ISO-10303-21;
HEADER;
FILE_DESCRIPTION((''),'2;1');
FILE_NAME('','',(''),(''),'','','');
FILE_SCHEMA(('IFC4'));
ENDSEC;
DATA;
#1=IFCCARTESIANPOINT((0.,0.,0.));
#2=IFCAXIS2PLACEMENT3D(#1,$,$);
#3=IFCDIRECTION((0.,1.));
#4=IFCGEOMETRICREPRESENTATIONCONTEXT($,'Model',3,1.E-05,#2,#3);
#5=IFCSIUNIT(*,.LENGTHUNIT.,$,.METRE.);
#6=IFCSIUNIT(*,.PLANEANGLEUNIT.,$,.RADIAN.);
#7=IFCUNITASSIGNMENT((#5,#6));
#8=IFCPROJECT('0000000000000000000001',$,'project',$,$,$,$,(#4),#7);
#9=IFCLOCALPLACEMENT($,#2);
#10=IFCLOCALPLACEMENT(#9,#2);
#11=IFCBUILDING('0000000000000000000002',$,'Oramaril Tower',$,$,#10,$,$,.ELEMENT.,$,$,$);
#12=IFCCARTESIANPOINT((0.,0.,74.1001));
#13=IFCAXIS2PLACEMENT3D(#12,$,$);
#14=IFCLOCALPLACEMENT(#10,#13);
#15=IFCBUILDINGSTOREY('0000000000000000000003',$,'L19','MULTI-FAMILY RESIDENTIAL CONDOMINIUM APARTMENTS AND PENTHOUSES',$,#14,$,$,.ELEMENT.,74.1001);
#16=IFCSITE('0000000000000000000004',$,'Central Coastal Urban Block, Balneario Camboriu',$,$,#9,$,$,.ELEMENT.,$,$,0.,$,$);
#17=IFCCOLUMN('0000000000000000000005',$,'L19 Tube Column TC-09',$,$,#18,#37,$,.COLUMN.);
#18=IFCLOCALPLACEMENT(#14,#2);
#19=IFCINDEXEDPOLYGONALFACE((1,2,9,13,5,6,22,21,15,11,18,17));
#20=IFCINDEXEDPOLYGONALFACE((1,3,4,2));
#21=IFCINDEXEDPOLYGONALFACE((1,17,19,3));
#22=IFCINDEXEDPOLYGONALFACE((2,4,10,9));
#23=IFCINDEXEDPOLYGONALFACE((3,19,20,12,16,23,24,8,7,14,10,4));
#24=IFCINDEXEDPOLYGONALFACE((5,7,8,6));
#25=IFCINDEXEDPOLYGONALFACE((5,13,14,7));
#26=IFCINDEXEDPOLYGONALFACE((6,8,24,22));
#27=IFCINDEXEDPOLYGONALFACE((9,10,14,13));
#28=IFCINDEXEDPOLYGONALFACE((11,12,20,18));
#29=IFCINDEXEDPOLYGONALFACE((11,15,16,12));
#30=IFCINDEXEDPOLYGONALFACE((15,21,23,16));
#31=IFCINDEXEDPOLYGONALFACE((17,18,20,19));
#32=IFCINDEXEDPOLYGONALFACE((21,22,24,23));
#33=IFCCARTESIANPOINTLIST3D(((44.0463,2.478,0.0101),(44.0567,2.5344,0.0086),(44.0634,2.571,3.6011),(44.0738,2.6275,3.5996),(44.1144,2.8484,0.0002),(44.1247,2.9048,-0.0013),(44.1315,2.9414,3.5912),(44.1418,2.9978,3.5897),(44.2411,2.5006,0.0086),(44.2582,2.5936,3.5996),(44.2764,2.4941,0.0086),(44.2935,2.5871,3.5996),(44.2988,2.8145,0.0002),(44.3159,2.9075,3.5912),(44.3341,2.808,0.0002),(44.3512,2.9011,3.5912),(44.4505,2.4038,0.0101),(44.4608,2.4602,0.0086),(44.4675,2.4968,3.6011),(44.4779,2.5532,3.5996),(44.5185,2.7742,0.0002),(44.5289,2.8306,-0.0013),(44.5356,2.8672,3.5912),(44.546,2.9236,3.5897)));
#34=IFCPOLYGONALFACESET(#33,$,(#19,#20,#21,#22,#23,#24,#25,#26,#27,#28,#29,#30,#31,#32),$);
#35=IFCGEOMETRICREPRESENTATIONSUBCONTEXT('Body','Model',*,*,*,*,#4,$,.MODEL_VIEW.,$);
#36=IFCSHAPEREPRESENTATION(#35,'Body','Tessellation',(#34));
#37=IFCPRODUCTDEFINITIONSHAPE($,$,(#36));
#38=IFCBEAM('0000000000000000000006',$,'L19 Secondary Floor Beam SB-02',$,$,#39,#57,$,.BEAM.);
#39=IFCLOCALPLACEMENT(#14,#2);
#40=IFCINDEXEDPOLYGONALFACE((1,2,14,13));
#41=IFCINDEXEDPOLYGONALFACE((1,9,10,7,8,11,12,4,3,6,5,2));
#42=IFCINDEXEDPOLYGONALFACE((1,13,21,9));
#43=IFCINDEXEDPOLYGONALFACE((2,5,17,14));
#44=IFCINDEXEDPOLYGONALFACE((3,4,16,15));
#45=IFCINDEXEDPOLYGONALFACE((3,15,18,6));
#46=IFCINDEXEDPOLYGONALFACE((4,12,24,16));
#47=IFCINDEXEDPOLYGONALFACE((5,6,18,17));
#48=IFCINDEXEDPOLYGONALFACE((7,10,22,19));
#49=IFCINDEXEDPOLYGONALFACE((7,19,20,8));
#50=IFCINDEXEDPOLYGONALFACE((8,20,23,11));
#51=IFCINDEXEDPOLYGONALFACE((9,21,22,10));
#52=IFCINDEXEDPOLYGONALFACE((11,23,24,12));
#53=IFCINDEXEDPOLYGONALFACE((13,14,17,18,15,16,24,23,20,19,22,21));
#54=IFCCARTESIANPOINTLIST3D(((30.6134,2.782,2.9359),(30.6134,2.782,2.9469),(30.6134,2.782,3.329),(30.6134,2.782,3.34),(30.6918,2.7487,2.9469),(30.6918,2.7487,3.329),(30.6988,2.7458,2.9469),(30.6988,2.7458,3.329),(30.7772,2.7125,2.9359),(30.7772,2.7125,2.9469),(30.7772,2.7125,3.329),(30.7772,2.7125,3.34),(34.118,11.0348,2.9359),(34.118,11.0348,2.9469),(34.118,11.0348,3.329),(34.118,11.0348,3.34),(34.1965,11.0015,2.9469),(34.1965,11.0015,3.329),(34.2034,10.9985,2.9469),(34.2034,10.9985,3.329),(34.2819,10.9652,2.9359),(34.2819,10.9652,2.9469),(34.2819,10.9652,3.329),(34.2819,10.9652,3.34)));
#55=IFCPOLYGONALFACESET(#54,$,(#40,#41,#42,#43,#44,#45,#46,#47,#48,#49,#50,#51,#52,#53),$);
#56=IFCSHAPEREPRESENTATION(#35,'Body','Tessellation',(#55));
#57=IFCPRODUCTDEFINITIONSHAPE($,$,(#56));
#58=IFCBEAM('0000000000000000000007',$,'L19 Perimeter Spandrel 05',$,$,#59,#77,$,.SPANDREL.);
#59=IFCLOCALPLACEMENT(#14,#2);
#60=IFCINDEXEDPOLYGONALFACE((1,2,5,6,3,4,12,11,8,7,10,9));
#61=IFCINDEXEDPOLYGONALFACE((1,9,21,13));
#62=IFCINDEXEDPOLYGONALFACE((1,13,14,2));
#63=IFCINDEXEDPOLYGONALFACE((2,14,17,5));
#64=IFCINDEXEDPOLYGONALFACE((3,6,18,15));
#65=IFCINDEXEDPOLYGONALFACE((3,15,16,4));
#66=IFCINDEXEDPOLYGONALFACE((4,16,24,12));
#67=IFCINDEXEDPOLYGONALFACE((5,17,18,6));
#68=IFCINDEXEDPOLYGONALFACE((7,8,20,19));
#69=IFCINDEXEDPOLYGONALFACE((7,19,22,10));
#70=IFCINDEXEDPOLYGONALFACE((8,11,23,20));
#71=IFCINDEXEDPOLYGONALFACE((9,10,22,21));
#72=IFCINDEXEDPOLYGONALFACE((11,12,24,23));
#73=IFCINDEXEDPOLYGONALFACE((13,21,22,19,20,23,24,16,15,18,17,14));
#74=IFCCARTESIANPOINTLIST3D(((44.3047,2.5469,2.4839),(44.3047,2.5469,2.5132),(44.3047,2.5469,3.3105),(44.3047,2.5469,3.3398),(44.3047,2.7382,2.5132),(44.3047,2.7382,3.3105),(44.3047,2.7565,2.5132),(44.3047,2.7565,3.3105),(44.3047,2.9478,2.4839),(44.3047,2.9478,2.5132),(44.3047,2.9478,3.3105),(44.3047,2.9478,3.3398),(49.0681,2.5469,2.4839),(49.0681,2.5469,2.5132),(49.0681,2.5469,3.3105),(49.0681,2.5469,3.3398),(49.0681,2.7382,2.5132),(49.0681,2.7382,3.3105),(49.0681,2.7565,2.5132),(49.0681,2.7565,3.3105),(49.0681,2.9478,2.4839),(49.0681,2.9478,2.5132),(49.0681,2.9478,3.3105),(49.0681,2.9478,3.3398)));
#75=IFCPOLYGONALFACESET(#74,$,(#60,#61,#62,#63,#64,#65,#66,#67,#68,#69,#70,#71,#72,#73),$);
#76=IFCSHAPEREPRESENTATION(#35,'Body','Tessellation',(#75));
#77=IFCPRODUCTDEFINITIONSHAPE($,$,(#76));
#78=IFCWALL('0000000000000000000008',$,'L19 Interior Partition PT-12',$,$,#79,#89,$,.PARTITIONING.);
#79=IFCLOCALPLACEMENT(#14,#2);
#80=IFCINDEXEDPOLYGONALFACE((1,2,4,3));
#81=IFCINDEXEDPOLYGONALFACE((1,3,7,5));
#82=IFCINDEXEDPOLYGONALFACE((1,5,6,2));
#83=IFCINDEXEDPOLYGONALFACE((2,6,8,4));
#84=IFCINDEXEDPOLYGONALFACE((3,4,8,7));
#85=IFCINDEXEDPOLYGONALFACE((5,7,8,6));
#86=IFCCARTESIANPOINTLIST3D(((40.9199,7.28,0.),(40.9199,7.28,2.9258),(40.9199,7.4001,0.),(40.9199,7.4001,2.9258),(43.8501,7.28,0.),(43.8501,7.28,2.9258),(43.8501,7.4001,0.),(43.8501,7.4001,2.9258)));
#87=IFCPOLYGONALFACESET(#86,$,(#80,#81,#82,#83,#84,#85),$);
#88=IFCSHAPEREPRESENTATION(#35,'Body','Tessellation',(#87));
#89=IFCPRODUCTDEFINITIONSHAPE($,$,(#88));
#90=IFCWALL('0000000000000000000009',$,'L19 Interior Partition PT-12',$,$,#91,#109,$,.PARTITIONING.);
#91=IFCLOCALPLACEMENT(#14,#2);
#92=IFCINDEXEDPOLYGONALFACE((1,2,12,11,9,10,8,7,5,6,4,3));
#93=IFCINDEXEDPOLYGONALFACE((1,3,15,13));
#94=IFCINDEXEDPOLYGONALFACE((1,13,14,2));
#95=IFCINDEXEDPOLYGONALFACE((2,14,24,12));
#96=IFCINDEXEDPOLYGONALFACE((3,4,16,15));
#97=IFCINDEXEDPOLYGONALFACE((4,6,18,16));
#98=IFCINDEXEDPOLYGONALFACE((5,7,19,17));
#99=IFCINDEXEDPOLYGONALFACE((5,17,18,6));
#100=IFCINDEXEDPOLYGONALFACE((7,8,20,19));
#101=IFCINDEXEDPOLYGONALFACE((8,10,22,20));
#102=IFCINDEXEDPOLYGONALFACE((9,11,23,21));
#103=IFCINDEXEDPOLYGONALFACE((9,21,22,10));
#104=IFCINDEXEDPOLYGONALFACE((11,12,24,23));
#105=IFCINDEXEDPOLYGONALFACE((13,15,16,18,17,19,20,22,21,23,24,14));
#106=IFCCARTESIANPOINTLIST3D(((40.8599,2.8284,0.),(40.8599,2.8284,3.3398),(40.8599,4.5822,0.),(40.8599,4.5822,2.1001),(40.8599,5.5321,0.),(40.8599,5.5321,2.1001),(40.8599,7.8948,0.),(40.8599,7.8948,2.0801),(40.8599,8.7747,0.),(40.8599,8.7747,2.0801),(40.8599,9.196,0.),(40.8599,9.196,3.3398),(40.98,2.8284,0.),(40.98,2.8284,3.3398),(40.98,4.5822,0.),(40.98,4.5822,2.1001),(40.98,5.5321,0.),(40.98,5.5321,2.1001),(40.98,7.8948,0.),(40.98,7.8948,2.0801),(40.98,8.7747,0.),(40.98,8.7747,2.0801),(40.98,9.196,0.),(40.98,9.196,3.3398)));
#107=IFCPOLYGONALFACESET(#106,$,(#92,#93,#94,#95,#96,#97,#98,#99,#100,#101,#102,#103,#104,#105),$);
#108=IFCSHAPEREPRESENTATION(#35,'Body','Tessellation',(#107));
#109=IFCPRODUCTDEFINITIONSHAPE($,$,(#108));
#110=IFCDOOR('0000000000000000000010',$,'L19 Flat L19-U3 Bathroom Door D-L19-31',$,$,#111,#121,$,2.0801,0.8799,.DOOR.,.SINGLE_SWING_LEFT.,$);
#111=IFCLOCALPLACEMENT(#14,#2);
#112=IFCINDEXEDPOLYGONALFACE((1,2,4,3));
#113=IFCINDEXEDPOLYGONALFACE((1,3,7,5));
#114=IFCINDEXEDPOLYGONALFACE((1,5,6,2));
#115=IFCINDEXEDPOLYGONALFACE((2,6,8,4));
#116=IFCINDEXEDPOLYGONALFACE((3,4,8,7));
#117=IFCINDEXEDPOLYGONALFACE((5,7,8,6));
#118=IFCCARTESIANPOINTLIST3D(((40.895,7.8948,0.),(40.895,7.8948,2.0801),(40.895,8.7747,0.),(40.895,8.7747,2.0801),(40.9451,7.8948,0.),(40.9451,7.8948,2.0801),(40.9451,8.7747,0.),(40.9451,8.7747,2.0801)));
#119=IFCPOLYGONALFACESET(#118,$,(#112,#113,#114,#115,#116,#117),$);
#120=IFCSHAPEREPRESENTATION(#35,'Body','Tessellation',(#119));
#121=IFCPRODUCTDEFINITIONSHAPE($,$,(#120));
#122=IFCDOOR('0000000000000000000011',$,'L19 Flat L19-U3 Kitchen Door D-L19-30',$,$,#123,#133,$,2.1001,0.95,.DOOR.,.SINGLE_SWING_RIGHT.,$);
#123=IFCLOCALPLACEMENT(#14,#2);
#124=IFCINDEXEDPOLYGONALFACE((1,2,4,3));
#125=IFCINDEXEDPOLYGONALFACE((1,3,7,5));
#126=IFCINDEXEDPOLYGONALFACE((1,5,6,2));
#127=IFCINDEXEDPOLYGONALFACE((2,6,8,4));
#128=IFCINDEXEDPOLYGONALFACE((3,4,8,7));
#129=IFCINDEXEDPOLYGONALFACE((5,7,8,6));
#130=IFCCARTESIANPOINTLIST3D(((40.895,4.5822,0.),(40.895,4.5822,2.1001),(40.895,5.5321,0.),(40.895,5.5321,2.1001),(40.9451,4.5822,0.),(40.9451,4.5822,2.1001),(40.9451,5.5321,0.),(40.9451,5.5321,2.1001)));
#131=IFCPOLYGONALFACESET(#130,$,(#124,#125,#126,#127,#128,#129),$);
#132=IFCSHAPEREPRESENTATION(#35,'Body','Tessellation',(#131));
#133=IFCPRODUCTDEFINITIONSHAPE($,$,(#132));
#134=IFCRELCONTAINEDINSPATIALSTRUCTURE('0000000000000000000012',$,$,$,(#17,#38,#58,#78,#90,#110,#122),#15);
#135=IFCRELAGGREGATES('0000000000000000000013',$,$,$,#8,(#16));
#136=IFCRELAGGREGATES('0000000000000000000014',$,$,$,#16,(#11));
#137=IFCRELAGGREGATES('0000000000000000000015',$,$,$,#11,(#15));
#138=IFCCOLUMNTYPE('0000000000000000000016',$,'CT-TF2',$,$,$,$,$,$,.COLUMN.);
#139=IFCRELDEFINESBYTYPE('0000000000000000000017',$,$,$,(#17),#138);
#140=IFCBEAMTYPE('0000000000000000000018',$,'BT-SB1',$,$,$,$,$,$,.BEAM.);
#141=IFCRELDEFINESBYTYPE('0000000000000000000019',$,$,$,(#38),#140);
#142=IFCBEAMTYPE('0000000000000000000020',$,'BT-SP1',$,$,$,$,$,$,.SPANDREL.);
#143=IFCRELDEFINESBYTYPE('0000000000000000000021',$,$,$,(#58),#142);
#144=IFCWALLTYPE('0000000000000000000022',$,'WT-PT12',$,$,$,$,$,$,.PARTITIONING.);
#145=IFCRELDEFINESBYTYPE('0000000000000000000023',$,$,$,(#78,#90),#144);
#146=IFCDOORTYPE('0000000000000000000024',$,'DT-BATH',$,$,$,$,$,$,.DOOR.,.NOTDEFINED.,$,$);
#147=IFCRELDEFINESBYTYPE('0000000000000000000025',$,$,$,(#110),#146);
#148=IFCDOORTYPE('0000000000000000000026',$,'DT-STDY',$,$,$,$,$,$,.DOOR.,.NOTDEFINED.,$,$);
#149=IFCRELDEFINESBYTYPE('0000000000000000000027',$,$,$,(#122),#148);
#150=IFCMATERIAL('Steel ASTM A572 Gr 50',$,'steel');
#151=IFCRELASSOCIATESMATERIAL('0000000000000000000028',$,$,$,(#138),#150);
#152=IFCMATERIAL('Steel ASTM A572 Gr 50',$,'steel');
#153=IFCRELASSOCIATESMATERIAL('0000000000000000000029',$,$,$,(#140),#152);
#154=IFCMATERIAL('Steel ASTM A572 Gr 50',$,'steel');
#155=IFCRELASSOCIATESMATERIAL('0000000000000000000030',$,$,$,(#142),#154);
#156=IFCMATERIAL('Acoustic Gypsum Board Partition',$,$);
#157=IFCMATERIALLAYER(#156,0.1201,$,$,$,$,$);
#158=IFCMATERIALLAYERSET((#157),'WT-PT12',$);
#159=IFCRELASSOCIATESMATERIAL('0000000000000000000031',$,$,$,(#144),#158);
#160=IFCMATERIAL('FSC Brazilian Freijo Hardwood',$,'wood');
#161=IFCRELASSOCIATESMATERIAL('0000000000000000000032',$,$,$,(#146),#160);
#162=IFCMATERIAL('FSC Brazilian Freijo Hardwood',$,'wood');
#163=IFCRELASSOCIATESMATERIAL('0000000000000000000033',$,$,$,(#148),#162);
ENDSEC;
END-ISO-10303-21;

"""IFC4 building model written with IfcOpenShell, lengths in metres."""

from ifc_helpers import new_model, si_unit, direction, frame, frame_2d, origin, origin_2d, place, context, subcontext, project, spatial, rectangle, i_section, extrude, material, layer, layer_set, material_profile, profile_set, type_object, element, fill, save


model = new_model("IFC4")

# Units and contexts
model_context = context("Model", 3, precision=1e-05, world=origin(), true_north=direction((0.0, 1.0)))
body_context = subcontext(model_context, "Body", "Model", "MODEL_VIEW")
ifc_project = project(units=[si_unit("LENGTHUNIT", "METRE"), si_unit("PLANEANGLEUNIT", "RADIAN")], contexts=[model_context])

# Site, building, storey
site_placement = place(None, origin())
site = spatial("IfcSite", under=ifc_project, at=site_placement, Name="Central Coastal Urban Block, Balneario Camboriu", CompositionType="ELEMENT", RefElevation=0.0)
building_placement = place(site_placement, origin())
building = spatial("IfcBuilding", under=site, at=building_placement, Name="Oramaril Tower", CompositionType="ELEMENT")
storey_placement = place(building_placement, frame((0.0, 0.0, 74.1001)))
storey = spatial("IfcBuildingStorey", under=building, at=storey_placement, Name="L19", Description="MULTI-FAMILY RESIDENTIAL CONDOMINIUM APARTMENTS AND PENTHOUSES", CompositionType="ELEMENT", Elevation=74.1001)

# Column
ifc_material_1 = material(Name="Steel ASTM A572 Gr 50", Category="steel")
ifc_material_profile_1 = material_profile(ifc_material_1, i_section(OverallWidth=0.4109, OverallDepth=0.4341, WebThickness=0.0359, FlangeThickness=0.0574, at=origin_2d()), Name="W14X311")
ifc_profile_set_1 = profile_set([ifc_material_profile_1], Name="Steel ASTM A572 Gr 50")
column_type = type_object("IfcColumnType", Name="CT-TF2", PredefinedType="COLUMN", material=ifc_profile_set_1)
column_placement = place(storey_placement, frame((44.2876, 2.6543, 0.0044), z_axis=(0.004757, 0.025894, 0.999653), x_axis=(-0.983538, 0.180702, 0.0)))
element("IfcColumn", 1, at=column_placement, inside=storey, type_object=column_type, Name="L19 Tube Column TC-09", PredefinedType="COLUMN", context=body_context, shape_type="SweptSolid", body=[
    extrude(i_section(OverallWidth=0.4109, OverallDepth=0.4341, WebThickness=0.0359, FlangeThickness=0.0574, at=origin_2d()), origin(), (0.0, 0.0, 1.0), 3.5923),
])

# Beams
ifc_material_2 = material(Name="Steel ASTM A572 Gr 50", Category="steel")
ifc_material_profile_2 = material_profile(ifc_material_2, i_section(OverallWidth=0.178, OverallDepth=0.4041, WebThickness=0.0076, FlangeThickness=0.011, at=origin_2d()), Name="W16X36")
ifc_profile_set_2 = profile_set([ifc_material_profile_2], Name="Steel ASTM A572 Gr 50")
beam_type_1 = type_object("IfcBeamType", Name="BT-SB1", PredefinedType="BEAM", material=ifc_profile_set_2)
beam_1_placement = place(storey_placement, frame((34.2, 11.0, 3.1379), z_axis=(-0.390881, -0.920441, 0.0), x_axis=(0.920441, -0.390881, 0.0)))
element("IfcBeam", 2, at=beam_1_placement, inside=storey, type_object=beam_type_1, Name="L19 Secondary Floor Beam SB-02", PredefinedType="BEAM", context=body_context, shape_type="SweptSolid", body=[
    extrude(i_section(OverallWidth=0.178, OverallDepth=0.4041, WebThickness=0.0076, FlangeThickness=0.011, at=origin_2d()), origin(), (0.0, 0.0, 1.0), 8.9661),
])
ifc_material_3 = material(Name="Steel ASTM A572 Gr 50", Category="steel")
ifc_material_profile_3 = material_profile(ifc_material_3, i_section(OverallWidth=0.4009, OverallDepth=0.856, WebThickness=0.0183, FlangeThickness=0.0293, at=origin_2d()), Name="W33X201")
ifc_profile_set_3 = profile_set([ifc_material_profile_3], Name="Steel ASTM A572 Gr 50")
beam_type_2 = type_object("IfcBeamType", Name="BT-SP1", PredefinedType="SPANDREL", material=ifc_profile_set_3)
beam_2_placement = place(storey_placement, frame((44.3047, 2.7473, 2.9119), z_axis=(1.0, 0.0, 0.0), x_axis=(0.0, 1.0, 0.0)))
element("IfcBeam", 3, at=beam_2_placement, inside=storey, type_object=beam_type_2, Name="L19 Perimeter Spandrel 05", PredefinedType="SPANDREL", context=body_context, shape_type="SweptSolid", body=[
    extrude(i_section(OverallWidth=0.4009, OverallDepth=0.856, WebThickness=0.0183, FlangeThickness=0.0293, at=origin_2d()), origin(), (0.0, 0.0, 1.0), 4.7634),
])

# Wall
ifc_material_4 = material(Name="Acoustic Gypsum Board Partition")
ifc_layer_1 = layer(ifc_material_4, 0.1201)
ifc_layer_set_1 = layer_set([ifc_layer_1], Name="WT-PT12")
wall_type_1 = type_object("IfcWallType", Name="WT-PT12", PredefinedType="PARTITIONING", material=ifc_layer_set_1)
wall_1_placement = place(storey_placement, frame((40.9199, 7.3401, 0.0), z_axis=(0.0, 0.0, 1.0), x_axis=(1.0, 0.0, 0.0)))
element("IfcWall", 4, at=wall_1_placement, inside=storey, type_object=wall_type_1, Name="L19 Interior Partition PT-12", PredefinedType="PARTITIONING", context=body_context, shape_type="SweptSolid", body=[
    extrude(rectangle(XDim=2.9302, YDim=0.1201, at=frame_2d((1.4651, 0.0))), origin(), (0.0, 0.0, 1.0), 2.9258),
])

# Wall, openings, doors
wall_2_placement = place(storey_placement, frame((40.9199, 2.8284, 0.0), z_axis=(0.0, 0.0, 1.0), x_axis=(0.0, 1.0, 0.0)))
wall_2 = element("IfcWall", 5, at=wall_2_placement, inside=storey, type_object=wall_type_1, Name="L19 Interior Partition PT-12", PredefinedType="PARTITIONING", context=body_context, shape_type="SweptSolid", body=[
    extrude(rectangle(XDim=6.3677, YDim=0.1201, at=frame_2d((3.1838, 0.0))), origin(), (0.0, 0.0, 1.0), 3.3398),
])
opening_1_placement = place(wall_2_placement, frame((1.7537, 0.0, 0.0)))
opening_1 = element("IfcOpeningElement", 6, at=opening_1_placement, cuts=wall_2, PredefinedType="OPENING", context=body_context, shape_type="SweptSolid", body=[
    extrude(rectangle(XDim=0.95, YDim=2.1001, at=frame_2d((0.4751, 1.05))), frame((0.0, 0.0601, 0.0), z_axis=(0.0, -1.0, 0.0), x_axis=(1.0, 0.0, 0.0)), (0.0, 0.0, 1.0), 0.1201),
])
opening_2_placement = place(wall_2_placement, frame((5.0664, 0.0, 0.0)))
opening_2 = element("IfcOpeningElement", 7, at=opening_2_placement, cuts=wall_2, PredefinedType="OPENING", context=body_context, shape_type="SweptSolid", body=[
    extrude(rectangle(XDim=0.8799, YDim=2.0801, at=frame_2d((0.4399, 1.04))), frame((0.0, 0.0601, 0.0), z_axis=(0.0, -1.0, 0.0), x_axis=(1.0, 0.0, 0.0)), (0.0, 0.0, 1.0), 0.1201),
])
ifc_material_5 = material(Name="FSC Brazilian Freijo Hardwood", Category="wood")
door_type_1 = type_object("IfcDoorType", Name="DT-BATH", OperationType="NOTDEFINED", PredefinedType="DOOR", material=ifc_material_5)
door_1_placement = place(opening_2_placement, origin())
door_1 = element("IfcDoor", 8, at=door_1_placement, inside=storey, type_object=door_type_1, Name="L19 Flat L19-U3 Bathroom Door D-L19-31", OperationType="SINGLE_SWING_LEFT", OverallHeight=2.0801, OverallWidth=0.8799, PredefinedType="DOOR", context=body_context, shape_type="SweptSolid", body=[
    extrude(rectangle(XDim=0.8799, YDim=2.0801, at=frame_2d((0.4399, 1.04))), frame((0.0, 0.0249, 0.0), z_axis=(0.0, -1.0, 0.0), x_axis=(1.0, 0.0, 0.0)), (0.0, 0.0, 1.0), 0.05),
])
fill(opening_2, door_1)
ifc_material_6 = material(Name="FSC Brazilian Freijo Hardwood", Category="wood")
door_type_2 = type_object("IfcDoorType", Name="DT-STDY", OperationType="NOTDEFINED", PredefinedType="DOOR", material=ifc_material_6)
door_2_placement = place(opening_1_placement, origin())
door_2 = element("IfcDoor", 9, at=door_2_placement, inside=storey, type_object=door_type_2, Name="L19 Flat L19-U3 Kitchen Door D-L19-30", OperationType="SINGLE_SWING_RIGHT", OverallHeight=2.1001, OverallWidth=0.95, PredefinedType="DOOR", context=body_context, shape_type="SweptSolid", body=[
    extrude(rectangle(XDim=0.95, YDim=2.1001, at=frame_2d((0.4751, 1.05))), frame((0.0, 0.0249, 0.0), z_axis=(0.0, -1.0, 0.0), x_axis=(1.0, 0.0, 0.0)), (0.0, 0.0, 1.0), 0.05),
])
fill(opening_1, door_2)

save(model, "model.ifc")
